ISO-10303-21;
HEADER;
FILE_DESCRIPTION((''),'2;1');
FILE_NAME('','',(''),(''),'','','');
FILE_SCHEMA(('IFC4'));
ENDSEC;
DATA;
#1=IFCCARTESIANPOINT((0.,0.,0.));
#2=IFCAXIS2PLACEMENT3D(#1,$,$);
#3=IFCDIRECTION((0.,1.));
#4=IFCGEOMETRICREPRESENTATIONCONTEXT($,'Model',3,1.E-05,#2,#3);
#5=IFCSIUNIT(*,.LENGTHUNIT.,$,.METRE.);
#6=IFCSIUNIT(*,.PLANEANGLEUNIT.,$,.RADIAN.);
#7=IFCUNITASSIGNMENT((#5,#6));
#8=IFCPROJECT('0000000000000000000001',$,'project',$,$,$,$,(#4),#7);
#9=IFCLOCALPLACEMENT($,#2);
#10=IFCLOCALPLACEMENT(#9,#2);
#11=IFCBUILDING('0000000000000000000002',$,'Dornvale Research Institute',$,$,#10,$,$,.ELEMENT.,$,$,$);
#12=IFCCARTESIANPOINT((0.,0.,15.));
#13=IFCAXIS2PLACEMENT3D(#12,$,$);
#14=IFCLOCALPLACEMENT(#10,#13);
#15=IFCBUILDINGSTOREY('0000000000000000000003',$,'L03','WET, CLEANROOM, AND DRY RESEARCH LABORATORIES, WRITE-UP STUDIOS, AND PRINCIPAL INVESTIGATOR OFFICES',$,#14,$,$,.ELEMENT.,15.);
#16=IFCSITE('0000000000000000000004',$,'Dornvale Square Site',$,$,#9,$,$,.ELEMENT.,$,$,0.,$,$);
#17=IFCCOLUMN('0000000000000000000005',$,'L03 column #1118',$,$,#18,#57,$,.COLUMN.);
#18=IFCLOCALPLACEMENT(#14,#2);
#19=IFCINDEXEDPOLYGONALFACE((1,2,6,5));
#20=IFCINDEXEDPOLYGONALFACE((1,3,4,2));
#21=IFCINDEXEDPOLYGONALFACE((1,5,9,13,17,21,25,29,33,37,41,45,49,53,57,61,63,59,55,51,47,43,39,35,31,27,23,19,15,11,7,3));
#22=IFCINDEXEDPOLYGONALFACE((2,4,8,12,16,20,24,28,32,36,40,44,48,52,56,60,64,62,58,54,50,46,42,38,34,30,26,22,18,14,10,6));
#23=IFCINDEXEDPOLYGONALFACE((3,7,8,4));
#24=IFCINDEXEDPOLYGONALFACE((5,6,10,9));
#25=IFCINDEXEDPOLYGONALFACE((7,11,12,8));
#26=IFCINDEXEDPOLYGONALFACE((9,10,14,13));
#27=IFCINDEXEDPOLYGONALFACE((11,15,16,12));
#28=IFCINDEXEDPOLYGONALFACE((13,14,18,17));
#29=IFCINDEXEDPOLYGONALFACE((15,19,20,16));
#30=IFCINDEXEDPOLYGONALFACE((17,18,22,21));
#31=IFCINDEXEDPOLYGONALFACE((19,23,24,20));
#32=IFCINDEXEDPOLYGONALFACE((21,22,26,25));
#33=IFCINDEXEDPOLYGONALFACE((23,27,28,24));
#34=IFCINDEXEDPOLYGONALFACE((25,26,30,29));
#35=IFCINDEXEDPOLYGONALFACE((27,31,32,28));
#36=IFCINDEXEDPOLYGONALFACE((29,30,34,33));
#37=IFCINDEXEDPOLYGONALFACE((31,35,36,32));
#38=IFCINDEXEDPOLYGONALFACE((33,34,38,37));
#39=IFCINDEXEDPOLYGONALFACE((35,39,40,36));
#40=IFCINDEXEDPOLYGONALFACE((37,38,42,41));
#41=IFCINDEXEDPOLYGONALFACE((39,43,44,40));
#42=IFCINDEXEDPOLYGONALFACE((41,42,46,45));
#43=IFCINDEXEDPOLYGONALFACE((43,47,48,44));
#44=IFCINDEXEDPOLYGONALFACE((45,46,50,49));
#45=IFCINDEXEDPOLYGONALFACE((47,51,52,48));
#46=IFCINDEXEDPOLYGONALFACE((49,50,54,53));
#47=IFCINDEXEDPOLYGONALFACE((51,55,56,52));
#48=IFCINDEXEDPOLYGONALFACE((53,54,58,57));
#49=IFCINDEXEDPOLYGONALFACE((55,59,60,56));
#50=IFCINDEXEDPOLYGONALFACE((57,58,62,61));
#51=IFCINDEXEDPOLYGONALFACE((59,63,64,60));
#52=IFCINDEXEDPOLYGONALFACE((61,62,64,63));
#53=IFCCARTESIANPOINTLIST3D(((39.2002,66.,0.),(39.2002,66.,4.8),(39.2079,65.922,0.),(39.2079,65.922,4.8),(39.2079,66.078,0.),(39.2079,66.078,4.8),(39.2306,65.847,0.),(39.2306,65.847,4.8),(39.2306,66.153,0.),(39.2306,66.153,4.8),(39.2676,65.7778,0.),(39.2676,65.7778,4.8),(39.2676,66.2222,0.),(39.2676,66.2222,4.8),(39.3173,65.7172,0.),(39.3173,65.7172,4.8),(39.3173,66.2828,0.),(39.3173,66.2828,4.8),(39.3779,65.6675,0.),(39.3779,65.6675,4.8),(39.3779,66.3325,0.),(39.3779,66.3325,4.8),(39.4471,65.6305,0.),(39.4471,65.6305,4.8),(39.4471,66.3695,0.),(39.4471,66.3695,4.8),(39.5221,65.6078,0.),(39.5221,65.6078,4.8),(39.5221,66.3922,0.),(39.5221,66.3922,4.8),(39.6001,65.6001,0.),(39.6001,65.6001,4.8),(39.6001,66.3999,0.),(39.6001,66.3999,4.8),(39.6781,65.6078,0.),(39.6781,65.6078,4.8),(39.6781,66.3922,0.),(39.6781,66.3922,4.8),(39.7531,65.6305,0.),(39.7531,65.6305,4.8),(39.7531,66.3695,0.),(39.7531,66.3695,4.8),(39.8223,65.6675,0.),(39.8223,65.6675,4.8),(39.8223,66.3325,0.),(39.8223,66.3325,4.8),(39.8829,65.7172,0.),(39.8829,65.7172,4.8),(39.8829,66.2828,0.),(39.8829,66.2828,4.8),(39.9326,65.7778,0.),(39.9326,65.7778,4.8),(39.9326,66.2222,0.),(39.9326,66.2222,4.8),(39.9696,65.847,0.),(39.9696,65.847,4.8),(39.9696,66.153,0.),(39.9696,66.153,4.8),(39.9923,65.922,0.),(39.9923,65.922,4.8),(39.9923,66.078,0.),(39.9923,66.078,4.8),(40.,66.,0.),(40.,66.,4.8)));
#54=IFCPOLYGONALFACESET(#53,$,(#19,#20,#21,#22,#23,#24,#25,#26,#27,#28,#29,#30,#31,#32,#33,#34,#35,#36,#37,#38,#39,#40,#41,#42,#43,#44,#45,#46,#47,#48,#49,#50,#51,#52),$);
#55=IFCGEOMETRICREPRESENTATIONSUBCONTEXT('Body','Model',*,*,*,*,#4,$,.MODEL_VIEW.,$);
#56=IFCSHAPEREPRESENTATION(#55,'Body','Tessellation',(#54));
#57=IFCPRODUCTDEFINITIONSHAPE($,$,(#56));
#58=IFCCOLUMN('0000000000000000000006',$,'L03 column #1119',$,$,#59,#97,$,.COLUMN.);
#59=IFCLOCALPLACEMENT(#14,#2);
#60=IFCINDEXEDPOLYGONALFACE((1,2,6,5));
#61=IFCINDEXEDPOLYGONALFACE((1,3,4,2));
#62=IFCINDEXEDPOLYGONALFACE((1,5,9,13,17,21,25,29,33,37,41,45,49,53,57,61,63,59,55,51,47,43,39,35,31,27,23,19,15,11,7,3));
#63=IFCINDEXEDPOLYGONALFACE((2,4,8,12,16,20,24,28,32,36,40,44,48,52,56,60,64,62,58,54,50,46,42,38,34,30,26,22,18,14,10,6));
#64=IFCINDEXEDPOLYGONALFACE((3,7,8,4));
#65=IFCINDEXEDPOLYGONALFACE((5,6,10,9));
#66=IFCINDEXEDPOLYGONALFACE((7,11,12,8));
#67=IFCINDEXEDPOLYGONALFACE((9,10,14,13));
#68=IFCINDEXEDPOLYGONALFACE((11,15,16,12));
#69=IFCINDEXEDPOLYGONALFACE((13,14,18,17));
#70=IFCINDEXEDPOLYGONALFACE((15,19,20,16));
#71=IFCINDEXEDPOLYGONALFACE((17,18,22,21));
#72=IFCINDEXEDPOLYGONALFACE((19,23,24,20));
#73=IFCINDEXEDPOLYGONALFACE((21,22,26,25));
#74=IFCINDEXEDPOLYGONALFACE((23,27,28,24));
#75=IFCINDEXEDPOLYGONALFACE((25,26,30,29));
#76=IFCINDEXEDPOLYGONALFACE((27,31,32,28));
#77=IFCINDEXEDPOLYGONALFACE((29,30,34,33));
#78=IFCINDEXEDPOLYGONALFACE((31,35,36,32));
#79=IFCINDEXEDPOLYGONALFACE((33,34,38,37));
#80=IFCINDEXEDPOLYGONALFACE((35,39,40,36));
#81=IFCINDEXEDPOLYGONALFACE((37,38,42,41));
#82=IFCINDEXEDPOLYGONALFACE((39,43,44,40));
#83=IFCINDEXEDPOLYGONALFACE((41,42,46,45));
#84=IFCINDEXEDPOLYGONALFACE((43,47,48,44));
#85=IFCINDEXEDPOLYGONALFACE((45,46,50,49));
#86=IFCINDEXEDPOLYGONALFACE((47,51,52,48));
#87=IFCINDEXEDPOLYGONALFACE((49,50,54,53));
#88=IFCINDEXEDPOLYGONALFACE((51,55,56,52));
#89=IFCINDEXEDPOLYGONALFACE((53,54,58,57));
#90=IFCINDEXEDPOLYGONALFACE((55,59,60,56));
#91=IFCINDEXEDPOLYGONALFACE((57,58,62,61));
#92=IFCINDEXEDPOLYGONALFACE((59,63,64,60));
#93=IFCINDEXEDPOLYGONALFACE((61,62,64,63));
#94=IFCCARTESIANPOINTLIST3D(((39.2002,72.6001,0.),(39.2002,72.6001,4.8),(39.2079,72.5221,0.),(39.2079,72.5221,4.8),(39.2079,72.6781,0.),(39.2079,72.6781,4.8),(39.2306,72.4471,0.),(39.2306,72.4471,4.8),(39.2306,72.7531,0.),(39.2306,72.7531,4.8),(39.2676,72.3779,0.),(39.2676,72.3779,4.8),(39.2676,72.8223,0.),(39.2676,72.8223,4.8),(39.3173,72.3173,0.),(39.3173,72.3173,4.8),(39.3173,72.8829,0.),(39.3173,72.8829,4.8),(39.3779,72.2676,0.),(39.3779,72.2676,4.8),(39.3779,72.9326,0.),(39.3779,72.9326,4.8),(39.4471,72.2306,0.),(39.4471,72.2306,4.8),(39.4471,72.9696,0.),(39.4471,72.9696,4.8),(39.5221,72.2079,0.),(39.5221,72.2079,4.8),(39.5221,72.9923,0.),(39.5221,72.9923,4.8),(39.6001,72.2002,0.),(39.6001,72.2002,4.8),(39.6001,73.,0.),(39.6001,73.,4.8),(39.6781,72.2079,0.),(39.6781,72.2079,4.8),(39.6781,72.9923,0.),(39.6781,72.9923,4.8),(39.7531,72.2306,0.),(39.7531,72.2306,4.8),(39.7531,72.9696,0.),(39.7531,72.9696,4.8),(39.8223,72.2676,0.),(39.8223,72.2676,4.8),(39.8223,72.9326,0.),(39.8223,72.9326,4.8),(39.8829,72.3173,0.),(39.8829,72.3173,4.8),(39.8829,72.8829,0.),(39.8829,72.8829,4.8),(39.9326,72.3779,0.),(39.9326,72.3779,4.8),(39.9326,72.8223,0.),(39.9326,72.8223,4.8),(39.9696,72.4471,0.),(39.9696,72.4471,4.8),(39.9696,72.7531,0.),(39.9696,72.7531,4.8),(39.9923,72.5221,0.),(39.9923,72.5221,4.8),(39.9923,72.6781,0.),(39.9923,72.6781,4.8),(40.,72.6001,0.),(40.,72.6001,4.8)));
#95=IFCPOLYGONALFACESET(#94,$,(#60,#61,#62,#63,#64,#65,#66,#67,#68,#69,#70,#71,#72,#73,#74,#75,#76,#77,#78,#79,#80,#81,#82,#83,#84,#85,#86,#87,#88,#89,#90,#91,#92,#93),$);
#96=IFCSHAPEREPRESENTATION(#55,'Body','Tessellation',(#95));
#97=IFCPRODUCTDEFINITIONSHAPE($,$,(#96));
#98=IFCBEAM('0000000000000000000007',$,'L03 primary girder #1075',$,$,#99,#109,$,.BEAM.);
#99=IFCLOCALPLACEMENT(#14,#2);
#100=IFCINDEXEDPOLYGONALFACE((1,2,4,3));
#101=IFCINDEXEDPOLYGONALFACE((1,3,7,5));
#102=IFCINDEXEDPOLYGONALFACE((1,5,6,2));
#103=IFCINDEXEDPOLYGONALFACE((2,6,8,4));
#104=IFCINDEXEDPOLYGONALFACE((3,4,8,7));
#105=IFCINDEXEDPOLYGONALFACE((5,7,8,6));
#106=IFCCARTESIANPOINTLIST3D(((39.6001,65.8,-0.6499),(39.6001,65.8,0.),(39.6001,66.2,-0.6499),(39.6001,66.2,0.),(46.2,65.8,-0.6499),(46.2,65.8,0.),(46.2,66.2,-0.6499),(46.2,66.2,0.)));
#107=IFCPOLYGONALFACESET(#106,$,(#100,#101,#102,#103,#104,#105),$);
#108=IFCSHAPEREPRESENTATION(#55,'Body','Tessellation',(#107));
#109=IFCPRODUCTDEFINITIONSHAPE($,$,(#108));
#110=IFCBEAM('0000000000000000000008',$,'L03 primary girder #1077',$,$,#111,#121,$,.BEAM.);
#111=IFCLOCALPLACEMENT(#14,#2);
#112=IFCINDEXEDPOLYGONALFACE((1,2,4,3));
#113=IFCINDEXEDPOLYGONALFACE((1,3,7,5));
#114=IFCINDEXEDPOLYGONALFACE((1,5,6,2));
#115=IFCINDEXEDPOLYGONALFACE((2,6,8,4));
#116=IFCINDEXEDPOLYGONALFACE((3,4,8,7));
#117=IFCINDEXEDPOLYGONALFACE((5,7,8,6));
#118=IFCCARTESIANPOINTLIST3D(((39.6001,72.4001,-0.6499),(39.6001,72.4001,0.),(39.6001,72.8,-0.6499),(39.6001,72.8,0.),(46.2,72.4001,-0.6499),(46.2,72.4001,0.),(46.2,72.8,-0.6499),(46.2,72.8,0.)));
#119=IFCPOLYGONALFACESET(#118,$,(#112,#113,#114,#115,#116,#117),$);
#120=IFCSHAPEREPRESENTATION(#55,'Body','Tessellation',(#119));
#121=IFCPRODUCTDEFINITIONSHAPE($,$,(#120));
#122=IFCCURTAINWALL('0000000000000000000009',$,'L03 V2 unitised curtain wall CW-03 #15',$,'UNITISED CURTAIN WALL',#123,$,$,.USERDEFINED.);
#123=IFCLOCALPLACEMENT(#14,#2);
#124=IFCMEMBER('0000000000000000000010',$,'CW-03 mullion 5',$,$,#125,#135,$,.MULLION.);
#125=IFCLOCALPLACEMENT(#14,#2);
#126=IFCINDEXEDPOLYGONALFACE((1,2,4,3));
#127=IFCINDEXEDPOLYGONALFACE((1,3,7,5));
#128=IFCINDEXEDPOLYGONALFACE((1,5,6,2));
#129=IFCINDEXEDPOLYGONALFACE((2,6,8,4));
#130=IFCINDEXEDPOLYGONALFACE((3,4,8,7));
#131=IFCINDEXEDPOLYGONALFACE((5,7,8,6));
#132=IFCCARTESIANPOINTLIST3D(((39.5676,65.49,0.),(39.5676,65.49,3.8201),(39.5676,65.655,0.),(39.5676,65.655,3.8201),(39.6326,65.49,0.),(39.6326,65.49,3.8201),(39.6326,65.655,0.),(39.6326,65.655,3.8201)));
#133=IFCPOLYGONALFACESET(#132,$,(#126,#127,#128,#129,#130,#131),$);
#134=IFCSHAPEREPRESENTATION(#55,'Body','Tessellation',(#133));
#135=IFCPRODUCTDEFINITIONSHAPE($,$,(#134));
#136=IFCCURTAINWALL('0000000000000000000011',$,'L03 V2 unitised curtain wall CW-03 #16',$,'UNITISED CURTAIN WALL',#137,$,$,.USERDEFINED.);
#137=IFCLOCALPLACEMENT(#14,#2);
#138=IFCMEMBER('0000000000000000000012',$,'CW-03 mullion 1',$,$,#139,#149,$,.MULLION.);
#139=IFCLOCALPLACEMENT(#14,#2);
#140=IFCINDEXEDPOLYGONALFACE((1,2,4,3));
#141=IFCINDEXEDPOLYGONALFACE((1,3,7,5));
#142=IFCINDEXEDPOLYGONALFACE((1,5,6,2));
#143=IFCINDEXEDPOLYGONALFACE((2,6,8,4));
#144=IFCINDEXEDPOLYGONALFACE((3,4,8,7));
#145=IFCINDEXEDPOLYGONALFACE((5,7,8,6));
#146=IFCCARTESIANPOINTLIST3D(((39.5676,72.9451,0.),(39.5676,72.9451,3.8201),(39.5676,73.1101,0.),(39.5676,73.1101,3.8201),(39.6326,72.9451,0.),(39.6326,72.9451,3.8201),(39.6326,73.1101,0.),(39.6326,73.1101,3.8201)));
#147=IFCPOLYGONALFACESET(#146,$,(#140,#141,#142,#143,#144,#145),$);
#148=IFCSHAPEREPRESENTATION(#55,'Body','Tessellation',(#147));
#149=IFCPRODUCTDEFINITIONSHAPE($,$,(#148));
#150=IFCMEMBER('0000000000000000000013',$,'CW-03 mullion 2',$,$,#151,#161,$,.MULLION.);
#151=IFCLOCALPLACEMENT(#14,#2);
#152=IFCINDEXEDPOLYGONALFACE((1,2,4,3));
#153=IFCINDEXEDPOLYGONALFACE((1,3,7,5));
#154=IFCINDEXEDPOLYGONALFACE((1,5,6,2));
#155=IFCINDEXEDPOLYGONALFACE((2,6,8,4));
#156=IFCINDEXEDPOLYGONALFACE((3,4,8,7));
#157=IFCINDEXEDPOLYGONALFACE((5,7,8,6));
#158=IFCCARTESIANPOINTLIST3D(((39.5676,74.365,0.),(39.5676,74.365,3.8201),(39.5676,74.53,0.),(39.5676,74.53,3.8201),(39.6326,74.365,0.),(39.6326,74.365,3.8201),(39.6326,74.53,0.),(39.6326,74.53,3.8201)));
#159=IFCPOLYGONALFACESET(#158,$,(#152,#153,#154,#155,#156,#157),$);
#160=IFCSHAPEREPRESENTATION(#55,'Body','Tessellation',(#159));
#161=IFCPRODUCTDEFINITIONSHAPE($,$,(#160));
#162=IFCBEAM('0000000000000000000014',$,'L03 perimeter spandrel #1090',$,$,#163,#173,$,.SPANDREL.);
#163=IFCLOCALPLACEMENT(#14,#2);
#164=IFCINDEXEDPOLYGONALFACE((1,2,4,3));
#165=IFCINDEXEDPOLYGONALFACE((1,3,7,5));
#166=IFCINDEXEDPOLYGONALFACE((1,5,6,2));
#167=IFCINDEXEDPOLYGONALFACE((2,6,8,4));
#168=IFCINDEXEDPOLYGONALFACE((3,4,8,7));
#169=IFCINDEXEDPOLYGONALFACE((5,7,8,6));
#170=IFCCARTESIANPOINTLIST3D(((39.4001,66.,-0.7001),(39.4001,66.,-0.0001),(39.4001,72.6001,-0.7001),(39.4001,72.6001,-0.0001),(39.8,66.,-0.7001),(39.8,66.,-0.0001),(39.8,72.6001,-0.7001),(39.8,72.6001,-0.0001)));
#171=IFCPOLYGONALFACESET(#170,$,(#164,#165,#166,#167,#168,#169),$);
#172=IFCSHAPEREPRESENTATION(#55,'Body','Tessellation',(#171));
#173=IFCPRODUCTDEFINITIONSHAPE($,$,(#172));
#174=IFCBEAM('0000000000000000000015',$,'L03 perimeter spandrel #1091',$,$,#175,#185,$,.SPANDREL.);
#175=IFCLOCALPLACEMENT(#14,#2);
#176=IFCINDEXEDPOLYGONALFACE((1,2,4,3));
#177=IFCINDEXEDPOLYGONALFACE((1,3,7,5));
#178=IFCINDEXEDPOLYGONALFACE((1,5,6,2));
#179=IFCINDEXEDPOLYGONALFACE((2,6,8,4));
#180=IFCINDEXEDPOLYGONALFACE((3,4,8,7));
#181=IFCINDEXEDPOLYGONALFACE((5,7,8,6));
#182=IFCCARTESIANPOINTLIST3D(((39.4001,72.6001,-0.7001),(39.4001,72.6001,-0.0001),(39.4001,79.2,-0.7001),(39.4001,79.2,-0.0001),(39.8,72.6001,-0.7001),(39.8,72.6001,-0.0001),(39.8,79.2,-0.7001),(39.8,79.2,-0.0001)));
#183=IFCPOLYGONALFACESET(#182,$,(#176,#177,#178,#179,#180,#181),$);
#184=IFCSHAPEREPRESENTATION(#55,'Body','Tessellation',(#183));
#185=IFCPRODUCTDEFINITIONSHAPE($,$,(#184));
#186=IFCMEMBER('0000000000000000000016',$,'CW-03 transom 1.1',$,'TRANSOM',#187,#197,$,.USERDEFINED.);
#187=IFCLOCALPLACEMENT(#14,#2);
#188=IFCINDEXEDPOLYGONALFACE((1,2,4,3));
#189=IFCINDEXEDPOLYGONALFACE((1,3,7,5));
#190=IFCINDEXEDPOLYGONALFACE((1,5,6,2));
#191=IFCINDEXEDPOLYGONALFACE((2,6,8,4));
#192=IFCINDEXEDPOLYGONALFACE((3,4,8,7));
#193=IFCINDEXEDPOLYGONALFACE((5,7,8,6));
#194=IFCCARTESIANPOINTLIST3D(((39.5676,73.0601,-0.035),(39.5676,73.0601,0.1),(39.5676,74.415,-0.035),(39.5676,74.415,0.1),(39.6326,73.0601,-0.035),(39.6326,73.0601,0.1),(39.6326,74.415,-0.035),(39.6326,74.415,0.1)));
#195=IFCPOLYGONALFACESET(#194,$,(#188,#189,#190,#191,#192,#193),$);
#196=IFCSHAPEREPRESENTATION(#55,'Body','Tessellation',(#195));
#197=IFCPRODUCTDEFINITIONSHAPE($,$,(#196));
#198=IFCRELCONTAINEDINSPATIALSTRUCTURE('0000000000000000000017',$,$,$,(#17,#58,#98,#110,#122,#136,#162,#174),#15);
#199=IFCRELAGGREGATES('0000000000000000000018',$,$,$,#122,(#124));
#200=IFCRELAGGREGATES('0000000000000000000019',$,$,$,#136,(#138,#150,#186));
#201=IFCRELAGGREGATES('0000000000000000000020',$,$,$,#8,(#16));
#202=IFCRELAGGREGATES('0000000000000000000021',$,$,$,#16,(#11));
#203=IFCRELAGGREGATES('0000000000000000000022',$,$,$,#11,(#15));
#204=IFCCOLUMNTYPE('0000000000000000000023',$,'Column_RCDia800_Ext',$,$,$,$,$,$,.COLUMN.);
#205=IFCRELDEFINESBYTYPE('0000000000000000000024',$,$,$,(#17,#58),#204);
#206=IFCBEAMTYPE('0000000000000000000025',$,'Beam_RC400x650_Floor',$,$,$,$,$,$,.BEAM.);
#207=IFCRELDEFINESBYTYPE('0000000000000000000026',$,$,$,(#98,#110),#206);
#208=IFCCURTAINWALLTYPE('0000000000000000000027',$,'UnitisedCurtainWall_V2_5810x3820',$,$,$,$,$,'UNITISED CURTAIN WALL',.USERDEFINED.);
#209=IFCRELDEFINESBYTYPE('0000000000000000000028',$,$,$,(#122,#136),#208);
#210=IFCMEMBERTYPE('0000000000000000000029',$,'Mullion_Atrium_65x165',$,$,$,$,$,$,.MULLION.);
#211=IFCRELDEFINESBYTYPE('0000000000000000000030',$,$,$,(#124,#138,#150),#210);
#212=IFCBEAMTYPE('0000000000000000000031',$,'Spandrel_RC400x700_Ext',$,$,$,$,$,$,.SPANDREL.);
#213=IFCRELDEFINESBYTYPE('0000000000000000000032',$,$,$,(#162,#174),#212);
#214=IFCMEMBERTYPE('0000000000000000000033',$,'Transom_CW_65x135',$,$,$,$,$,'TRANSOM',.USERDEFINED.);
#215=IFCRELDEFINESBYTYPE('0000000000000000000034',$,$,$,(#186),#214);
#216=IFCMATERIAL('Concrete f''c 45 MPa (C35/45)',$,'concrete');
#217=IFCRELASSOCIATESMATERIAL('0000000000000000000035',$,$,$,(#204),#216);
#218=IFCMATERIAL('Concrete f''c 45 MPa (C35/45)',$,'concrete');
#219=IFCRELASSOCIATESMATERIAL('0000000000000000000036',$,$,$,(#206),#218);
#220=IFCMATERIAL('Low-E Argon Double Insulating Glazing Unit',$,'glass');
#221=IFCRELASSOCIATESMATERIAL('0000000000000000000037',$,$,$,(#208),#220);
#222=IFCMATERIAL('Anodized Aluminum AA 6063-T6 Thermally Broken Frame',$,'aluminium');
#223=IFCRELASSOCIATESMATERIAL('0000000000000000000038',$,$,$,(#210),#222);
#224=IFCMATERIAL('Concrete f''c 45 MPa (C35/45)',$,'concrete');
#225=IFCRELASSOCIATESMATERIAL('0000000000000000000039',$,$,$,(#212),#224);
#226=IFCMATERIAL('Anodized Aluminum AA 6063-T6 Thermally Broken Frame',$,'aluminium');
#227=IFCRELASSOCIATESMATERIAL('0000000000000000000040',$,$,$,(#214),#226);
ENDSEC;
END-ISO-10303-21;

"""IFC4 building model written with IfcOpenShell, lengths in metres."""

from ifc_helpers import new_model, si_unit, direction, frame, origin, origin_2d, place, context, subcontext, project, spatial, rectangle, circle, extrude, material, material_profile, profile_set, type_object, element, aggregate, save


model = new_model("IFC4")

# Units and contexts
model_context = context("Model", 3, precision=1e-05, world=origin(), true_north=direction((0.0, 1.0)))
body_context = subcontext(model_context, "Body", "Model", "MODEL_VIEW")
ifc_project = project(units=[si_unit("LENGTHUNIT", "METRE"), si_unit("PLANEANGLEUNIT", "RADIAN")], contexts=[model_context])

# Site, building, storey
site_placement = place(None, origin())
site = spatial("IfcSite", under=ifc_project, at=site_placement, Name="Dornvale Square Site", CompositionType="ELEMENT", RefElevation=0.0)
building_placement = place(site_placement, origin())
building = spatial("IfcBuilding", under=site, at=building_placement, Name="Dornvale Research Institute", CompositionType="ELEMENT")
storey_placement = place(building_placement, frame((0.0, 0.0, 15.0)))
storey = spatial("IfcBuildingStorey", under=building, at=storey_placement, Name="L03", Description="WET, CLEANROOM, AND DRY RESEARCH LABORATORIES, WRITE-UP STUDIOS, AND PRINCIPAL INVESTIGATOR OFFICES", CompositionType="ELEMENT", Elevation=15.0)

# Columns
ifc_material_1 = material(Name="Concrete f'c 45 MPa (C35/45)", Category="concrete")
ifc_material_profile_1 = material_profile(ifc_material_1, circle(Radius=0.3999, at=origin_2d()), Name="RC DIA 800")
ifc_profile_set_1 = profile_set([ifc_material_profile_1], Name="Concrete f'c 45 MPa (C35/45)")
column_type = type_object("IfcColumnType", Name="Column_RCDia800_Ext", PredefinedType="COLUMN", material=ifc_profile_set_1)
for number, where, z_axis, x_axis, name in (
    (1, (39.6001, 66.0, 0.0), (0.0, 0.0, 1.0), (1.0, 0.0, 0.0), "L03 column #1118"),
    (2, (39.6001, 72.6001, 0.0), (0.0, 0.0, 1.0), (1.0, 0.0, 0.0), "L03 column #1119"),
):
    element("IfcColumn", number, at=place(storey_placement, frame(where, z_axis=z_axis, x_axis=x_axis)), inside=storey, type_object=column_type, Name=name, PredefinedType="COLUMN", context=body_context, shape_type="SweptSolid", body=[
        extrude(circle(Radius=0.3999, at=origin_2d()), origin(), (0.0, 0.0, 1.0), 4.8),
    ])

# Beams
ifc_material_2 = material(Name="Concrete f'c 45 MPa (C35/45)", Category="concrete")
ifc_material_profile_2 = material_profile(ifc_material_2, rectangle(XDim=0.3999, YDim=0.6499, at=origin_2d()), Name="RC 400x650")
ifc_profile_set_2 = profile_set([ifc_material_profile_2], Name="Concrete f'c 45 MPa (C35/45)")
beam_type_1 = type_object("IfcBeamType", Name="Beam_RC400x650_Floor", PredefinedType="BEAM", material=ifc_profile_set_2)
for number, where, z_axis, x_axis, name in (
    (3, (39.6001, 66.0, -0.325), (1.0, 0.0, 0.0), (0.0, 1.0, 0.0), "L03 primary girder #1075"),
    (4, (39.6001, 72.6001, -0.325), (1.0, 0.0, 0.0), (0.0, 1.0, 0.0), "L03 primary girder #1077"),
):
    element("IfcBeam", number, at=place(storey_placement, frame(where, z_axis=z_axis, x_axis=x_axis)), inside=storey, type_object=beam_type_1, Name=name, PredefinedType="BEAM", context=body_context, shape_type="SweptSolid", body=[
        extrude(rectangle(XDim=0.3999, YDim=0.6499, at=origin_2d()), origin(), (0.0, 0.0, 1.0), 6.5999),
    ])

# Curtain wall, member
ifc_material_3 = material(Name="Low-E Argon Double Insulating Glazing Unit", Category="glass")
curtain_wall_type = type_object("IfcCurtainWallType", Name="UnitisedCurtainWall_V2_5810x3820", ElementType="UNITISED CURTAIN WALL", PredefinedType="USERDEFINED", material=ifc_material_3)
curtain_wall_1_placement = place(storey_placement, origin())
curtain_wall_1 = element("IfcCurtainWall", 5, at=curtain_wall_1_placement, inside=storey, type_object=curtain_wall_type, Name="L03 V2 unitised curtain wall CW-03 #15", ObjectType="UNITISED CURTAIN WALL", PredefinedType="USERDEFINED")
ifc_material_4 = material(Name="Anodized Aluminum AA 6063-T6 Thermally Broken Frame", Category="aluminium")
ifc_material_profile_3 = material_profile(ifc_material_4, rectangle(XDim=0.0649, YDim=0.165, at=origin_2d()), Name="ALU MULLION 65x165")
ifc_profile_set_3 = profile_set([ifc_material_profile_3], Name="Anodized Aluminum AA 6063-T6 Thermally Broken Frame")
member_type_1 = type_object("IfcMemberType", Name="Mullion_Atrium_65x165", PredefinedType="MULLION", material=ifc_profile_set_3)
member_1_placement = place(storey_placement, frame((39.6001, 65.5725, 0.0), z_axis=(0.0, 0.0, 1.0), x_axis=(-1.0, 0.0, 0.0)))
member_1 = element("IfcMember", 6, at=member_1_placement, type_object=member_type_1, Name="CW-03 mullion 5", PredefinedType="MULLION", context=body_context, shape_type="SweptSolid", body=[
    extrude(rectangle(XDim=0.0649, YDim=0.165, at=origin_2d()), origin(), (0.0, 0.0, 1.0), 3.8201),
])
aggregate(curtain_wall_1, [member_1])

# Curtain wall, members
curtain_wall_2_placement = place(storey_placement, origin())
curtain_wall_2 = element("IfcCurtainWall", 7, at=curtain_wall_2_placement, inside=storey, type_object=curtain_wall_type, Name="L03 V2 unitised curtain wall CW-03 #16", ObjectType="UNITISED CURTAIN WALL", PredefinedType="USERDEFINED")
member_2_placement = place(storey_placement, frame((39.6001, 73.0276, 0.0), z_axis=(0.0, 0.0, 1.0), x_axis=(-1.0, 0.0, 0.0)))
member_2 = element("IfcMember", 8, at=member_2_placement, type_object=member_type_1, Name="CW-03 mullion 1", PredefinedType="MULLION", context=body_context, shape_type="SweptSolid", body=[
    extrude(rectangle(XDim=0.0649, YDim=0.165, at=origin_2d()), origin(), (0.0, 0.0, 1.0), 3.8201),
])
member_3_placement = place(storey_placement, frame((39.6001, 74.4475, 0.0), z_axis=(0.0, 0.0, 1.0), x_axis=(-1.0, 0.0, 0.0)))
member_3 = element("IfcMember", 9, at=member_3_placement, type_object=member_type_1, Name="CW-03 mullion 2", PredefinedType="MULLION", context=body_context, shape_type="SweptSolid", body=[
    extrude(rectangle(XDim=0.0649, YDim=0.165, at=origin_2d()), origin(), (0.0, 0.0, 1.0), 3.8201),
])

# Beams
ifc_material_5 = material(Name="Concrete f'c 45 MPa (C35/45)", Category="concrete")
ifc_material_profile_4 = material_profile(ifc_material_5, rectangle(XDim=0.3999, YDim=0.7, at=origin_2d()), Name="RC 400x700")
ifc_profile_set_4 = profile_set([ifc_material_profile_4], Name="Concrete f'c 45 MPa (C35/45)")
beam_type_2 = type_object("IfcBeamType", Name="Spandrel_RC400x700_Ext", PredefinedType="SPANDREL", material=ifc_profile_set_4)
beam_1_placement = place(storey_placement, frame((39.6001, 66.0, -0.3501), z_axis=(0.0, 1.0, 0.0), x_axis=(-1.0, 0.0, 0.0)))
element("IfcBeam", 10, at=beam_1_placement, inside=storey, type_object=beam_type_2, Name="L03 perimeter spandrel #1090", PredefinedType="SPANDREL", context=body_context, shape_type="SweptSolid", body=[
    extrude(rectangle(XDim=0.3999, YDim=0.7, at=origin_2d()), origin(), (0.0, 0.0, 1.0), 6.6001),
])
beam_2_placement = place(storey_placement, frame((39.6001, 72.6001, -0.3501), z_axis=(0.0, 1.0, 0.0), x_axis=(-1.0, 0.0, 0.0)))
element("IfcBeam", 11, at=beam_2_placement, inside=storey, type_object=beam_type_2, Name="L03 perimeter spandrel #1091", PredefinedType="SPANDREL", context=body_context, shape_type="SweptSolid", body=[
    extrude(rectangle(XDim=0.3999, YDim=0.7, at=origin_2d()), origin(), (0.0, 0.0, 1.0), 6.5999),
])

# Member
ifc_material_6 = material(Name="Anodized Aluminum AA 6063-T6 Thermally Broken Frame", Category="aluminium")
ifc_material_profile_5 = material_profile(ifc_material_6, rectangle(XDim=0.0649, YDim=0.135, at=origin_2d()), Name="ALU TRANSOM 65x135")
ifc_profile_set_5 = profile_set([ifc_material_profile_5], Name="Anodized Aluminum AA 6063-T6 Thermally Broken Frame")
member_type_2 = type_object("IfcMemberType", Name="Transom_CW_65x135", ElementType="TRANSOM", PredefinedType="USERDEFINED", material=ifc_profile_set_5)
member_4_placement = place(storey_placement, frame((39.6001, 73.0601, 0.0325), z_axis=(0.0, 1.0, 0.0), x_axis=(-1.0, 0.0, 0.0)))
member_4 = element("IfcMember", 12, at=member_4_placement, type_object=member_type_2, Name="CW-03 transom 1.1", ObjectType="TRANSOM", PredefinedType="USERDEFINED", context=body_context, shape_type="SweptSolid", body=[
    extrude(rectangle(XDim=0.0649, YDim=0.135, at=origin_2d()), origin(), (0.0, 0.0, 1.0), 1.355),
])

aggregate(curtain_wall_2, [member_2, member_3, member_4])

save(model, "model.ifc")
